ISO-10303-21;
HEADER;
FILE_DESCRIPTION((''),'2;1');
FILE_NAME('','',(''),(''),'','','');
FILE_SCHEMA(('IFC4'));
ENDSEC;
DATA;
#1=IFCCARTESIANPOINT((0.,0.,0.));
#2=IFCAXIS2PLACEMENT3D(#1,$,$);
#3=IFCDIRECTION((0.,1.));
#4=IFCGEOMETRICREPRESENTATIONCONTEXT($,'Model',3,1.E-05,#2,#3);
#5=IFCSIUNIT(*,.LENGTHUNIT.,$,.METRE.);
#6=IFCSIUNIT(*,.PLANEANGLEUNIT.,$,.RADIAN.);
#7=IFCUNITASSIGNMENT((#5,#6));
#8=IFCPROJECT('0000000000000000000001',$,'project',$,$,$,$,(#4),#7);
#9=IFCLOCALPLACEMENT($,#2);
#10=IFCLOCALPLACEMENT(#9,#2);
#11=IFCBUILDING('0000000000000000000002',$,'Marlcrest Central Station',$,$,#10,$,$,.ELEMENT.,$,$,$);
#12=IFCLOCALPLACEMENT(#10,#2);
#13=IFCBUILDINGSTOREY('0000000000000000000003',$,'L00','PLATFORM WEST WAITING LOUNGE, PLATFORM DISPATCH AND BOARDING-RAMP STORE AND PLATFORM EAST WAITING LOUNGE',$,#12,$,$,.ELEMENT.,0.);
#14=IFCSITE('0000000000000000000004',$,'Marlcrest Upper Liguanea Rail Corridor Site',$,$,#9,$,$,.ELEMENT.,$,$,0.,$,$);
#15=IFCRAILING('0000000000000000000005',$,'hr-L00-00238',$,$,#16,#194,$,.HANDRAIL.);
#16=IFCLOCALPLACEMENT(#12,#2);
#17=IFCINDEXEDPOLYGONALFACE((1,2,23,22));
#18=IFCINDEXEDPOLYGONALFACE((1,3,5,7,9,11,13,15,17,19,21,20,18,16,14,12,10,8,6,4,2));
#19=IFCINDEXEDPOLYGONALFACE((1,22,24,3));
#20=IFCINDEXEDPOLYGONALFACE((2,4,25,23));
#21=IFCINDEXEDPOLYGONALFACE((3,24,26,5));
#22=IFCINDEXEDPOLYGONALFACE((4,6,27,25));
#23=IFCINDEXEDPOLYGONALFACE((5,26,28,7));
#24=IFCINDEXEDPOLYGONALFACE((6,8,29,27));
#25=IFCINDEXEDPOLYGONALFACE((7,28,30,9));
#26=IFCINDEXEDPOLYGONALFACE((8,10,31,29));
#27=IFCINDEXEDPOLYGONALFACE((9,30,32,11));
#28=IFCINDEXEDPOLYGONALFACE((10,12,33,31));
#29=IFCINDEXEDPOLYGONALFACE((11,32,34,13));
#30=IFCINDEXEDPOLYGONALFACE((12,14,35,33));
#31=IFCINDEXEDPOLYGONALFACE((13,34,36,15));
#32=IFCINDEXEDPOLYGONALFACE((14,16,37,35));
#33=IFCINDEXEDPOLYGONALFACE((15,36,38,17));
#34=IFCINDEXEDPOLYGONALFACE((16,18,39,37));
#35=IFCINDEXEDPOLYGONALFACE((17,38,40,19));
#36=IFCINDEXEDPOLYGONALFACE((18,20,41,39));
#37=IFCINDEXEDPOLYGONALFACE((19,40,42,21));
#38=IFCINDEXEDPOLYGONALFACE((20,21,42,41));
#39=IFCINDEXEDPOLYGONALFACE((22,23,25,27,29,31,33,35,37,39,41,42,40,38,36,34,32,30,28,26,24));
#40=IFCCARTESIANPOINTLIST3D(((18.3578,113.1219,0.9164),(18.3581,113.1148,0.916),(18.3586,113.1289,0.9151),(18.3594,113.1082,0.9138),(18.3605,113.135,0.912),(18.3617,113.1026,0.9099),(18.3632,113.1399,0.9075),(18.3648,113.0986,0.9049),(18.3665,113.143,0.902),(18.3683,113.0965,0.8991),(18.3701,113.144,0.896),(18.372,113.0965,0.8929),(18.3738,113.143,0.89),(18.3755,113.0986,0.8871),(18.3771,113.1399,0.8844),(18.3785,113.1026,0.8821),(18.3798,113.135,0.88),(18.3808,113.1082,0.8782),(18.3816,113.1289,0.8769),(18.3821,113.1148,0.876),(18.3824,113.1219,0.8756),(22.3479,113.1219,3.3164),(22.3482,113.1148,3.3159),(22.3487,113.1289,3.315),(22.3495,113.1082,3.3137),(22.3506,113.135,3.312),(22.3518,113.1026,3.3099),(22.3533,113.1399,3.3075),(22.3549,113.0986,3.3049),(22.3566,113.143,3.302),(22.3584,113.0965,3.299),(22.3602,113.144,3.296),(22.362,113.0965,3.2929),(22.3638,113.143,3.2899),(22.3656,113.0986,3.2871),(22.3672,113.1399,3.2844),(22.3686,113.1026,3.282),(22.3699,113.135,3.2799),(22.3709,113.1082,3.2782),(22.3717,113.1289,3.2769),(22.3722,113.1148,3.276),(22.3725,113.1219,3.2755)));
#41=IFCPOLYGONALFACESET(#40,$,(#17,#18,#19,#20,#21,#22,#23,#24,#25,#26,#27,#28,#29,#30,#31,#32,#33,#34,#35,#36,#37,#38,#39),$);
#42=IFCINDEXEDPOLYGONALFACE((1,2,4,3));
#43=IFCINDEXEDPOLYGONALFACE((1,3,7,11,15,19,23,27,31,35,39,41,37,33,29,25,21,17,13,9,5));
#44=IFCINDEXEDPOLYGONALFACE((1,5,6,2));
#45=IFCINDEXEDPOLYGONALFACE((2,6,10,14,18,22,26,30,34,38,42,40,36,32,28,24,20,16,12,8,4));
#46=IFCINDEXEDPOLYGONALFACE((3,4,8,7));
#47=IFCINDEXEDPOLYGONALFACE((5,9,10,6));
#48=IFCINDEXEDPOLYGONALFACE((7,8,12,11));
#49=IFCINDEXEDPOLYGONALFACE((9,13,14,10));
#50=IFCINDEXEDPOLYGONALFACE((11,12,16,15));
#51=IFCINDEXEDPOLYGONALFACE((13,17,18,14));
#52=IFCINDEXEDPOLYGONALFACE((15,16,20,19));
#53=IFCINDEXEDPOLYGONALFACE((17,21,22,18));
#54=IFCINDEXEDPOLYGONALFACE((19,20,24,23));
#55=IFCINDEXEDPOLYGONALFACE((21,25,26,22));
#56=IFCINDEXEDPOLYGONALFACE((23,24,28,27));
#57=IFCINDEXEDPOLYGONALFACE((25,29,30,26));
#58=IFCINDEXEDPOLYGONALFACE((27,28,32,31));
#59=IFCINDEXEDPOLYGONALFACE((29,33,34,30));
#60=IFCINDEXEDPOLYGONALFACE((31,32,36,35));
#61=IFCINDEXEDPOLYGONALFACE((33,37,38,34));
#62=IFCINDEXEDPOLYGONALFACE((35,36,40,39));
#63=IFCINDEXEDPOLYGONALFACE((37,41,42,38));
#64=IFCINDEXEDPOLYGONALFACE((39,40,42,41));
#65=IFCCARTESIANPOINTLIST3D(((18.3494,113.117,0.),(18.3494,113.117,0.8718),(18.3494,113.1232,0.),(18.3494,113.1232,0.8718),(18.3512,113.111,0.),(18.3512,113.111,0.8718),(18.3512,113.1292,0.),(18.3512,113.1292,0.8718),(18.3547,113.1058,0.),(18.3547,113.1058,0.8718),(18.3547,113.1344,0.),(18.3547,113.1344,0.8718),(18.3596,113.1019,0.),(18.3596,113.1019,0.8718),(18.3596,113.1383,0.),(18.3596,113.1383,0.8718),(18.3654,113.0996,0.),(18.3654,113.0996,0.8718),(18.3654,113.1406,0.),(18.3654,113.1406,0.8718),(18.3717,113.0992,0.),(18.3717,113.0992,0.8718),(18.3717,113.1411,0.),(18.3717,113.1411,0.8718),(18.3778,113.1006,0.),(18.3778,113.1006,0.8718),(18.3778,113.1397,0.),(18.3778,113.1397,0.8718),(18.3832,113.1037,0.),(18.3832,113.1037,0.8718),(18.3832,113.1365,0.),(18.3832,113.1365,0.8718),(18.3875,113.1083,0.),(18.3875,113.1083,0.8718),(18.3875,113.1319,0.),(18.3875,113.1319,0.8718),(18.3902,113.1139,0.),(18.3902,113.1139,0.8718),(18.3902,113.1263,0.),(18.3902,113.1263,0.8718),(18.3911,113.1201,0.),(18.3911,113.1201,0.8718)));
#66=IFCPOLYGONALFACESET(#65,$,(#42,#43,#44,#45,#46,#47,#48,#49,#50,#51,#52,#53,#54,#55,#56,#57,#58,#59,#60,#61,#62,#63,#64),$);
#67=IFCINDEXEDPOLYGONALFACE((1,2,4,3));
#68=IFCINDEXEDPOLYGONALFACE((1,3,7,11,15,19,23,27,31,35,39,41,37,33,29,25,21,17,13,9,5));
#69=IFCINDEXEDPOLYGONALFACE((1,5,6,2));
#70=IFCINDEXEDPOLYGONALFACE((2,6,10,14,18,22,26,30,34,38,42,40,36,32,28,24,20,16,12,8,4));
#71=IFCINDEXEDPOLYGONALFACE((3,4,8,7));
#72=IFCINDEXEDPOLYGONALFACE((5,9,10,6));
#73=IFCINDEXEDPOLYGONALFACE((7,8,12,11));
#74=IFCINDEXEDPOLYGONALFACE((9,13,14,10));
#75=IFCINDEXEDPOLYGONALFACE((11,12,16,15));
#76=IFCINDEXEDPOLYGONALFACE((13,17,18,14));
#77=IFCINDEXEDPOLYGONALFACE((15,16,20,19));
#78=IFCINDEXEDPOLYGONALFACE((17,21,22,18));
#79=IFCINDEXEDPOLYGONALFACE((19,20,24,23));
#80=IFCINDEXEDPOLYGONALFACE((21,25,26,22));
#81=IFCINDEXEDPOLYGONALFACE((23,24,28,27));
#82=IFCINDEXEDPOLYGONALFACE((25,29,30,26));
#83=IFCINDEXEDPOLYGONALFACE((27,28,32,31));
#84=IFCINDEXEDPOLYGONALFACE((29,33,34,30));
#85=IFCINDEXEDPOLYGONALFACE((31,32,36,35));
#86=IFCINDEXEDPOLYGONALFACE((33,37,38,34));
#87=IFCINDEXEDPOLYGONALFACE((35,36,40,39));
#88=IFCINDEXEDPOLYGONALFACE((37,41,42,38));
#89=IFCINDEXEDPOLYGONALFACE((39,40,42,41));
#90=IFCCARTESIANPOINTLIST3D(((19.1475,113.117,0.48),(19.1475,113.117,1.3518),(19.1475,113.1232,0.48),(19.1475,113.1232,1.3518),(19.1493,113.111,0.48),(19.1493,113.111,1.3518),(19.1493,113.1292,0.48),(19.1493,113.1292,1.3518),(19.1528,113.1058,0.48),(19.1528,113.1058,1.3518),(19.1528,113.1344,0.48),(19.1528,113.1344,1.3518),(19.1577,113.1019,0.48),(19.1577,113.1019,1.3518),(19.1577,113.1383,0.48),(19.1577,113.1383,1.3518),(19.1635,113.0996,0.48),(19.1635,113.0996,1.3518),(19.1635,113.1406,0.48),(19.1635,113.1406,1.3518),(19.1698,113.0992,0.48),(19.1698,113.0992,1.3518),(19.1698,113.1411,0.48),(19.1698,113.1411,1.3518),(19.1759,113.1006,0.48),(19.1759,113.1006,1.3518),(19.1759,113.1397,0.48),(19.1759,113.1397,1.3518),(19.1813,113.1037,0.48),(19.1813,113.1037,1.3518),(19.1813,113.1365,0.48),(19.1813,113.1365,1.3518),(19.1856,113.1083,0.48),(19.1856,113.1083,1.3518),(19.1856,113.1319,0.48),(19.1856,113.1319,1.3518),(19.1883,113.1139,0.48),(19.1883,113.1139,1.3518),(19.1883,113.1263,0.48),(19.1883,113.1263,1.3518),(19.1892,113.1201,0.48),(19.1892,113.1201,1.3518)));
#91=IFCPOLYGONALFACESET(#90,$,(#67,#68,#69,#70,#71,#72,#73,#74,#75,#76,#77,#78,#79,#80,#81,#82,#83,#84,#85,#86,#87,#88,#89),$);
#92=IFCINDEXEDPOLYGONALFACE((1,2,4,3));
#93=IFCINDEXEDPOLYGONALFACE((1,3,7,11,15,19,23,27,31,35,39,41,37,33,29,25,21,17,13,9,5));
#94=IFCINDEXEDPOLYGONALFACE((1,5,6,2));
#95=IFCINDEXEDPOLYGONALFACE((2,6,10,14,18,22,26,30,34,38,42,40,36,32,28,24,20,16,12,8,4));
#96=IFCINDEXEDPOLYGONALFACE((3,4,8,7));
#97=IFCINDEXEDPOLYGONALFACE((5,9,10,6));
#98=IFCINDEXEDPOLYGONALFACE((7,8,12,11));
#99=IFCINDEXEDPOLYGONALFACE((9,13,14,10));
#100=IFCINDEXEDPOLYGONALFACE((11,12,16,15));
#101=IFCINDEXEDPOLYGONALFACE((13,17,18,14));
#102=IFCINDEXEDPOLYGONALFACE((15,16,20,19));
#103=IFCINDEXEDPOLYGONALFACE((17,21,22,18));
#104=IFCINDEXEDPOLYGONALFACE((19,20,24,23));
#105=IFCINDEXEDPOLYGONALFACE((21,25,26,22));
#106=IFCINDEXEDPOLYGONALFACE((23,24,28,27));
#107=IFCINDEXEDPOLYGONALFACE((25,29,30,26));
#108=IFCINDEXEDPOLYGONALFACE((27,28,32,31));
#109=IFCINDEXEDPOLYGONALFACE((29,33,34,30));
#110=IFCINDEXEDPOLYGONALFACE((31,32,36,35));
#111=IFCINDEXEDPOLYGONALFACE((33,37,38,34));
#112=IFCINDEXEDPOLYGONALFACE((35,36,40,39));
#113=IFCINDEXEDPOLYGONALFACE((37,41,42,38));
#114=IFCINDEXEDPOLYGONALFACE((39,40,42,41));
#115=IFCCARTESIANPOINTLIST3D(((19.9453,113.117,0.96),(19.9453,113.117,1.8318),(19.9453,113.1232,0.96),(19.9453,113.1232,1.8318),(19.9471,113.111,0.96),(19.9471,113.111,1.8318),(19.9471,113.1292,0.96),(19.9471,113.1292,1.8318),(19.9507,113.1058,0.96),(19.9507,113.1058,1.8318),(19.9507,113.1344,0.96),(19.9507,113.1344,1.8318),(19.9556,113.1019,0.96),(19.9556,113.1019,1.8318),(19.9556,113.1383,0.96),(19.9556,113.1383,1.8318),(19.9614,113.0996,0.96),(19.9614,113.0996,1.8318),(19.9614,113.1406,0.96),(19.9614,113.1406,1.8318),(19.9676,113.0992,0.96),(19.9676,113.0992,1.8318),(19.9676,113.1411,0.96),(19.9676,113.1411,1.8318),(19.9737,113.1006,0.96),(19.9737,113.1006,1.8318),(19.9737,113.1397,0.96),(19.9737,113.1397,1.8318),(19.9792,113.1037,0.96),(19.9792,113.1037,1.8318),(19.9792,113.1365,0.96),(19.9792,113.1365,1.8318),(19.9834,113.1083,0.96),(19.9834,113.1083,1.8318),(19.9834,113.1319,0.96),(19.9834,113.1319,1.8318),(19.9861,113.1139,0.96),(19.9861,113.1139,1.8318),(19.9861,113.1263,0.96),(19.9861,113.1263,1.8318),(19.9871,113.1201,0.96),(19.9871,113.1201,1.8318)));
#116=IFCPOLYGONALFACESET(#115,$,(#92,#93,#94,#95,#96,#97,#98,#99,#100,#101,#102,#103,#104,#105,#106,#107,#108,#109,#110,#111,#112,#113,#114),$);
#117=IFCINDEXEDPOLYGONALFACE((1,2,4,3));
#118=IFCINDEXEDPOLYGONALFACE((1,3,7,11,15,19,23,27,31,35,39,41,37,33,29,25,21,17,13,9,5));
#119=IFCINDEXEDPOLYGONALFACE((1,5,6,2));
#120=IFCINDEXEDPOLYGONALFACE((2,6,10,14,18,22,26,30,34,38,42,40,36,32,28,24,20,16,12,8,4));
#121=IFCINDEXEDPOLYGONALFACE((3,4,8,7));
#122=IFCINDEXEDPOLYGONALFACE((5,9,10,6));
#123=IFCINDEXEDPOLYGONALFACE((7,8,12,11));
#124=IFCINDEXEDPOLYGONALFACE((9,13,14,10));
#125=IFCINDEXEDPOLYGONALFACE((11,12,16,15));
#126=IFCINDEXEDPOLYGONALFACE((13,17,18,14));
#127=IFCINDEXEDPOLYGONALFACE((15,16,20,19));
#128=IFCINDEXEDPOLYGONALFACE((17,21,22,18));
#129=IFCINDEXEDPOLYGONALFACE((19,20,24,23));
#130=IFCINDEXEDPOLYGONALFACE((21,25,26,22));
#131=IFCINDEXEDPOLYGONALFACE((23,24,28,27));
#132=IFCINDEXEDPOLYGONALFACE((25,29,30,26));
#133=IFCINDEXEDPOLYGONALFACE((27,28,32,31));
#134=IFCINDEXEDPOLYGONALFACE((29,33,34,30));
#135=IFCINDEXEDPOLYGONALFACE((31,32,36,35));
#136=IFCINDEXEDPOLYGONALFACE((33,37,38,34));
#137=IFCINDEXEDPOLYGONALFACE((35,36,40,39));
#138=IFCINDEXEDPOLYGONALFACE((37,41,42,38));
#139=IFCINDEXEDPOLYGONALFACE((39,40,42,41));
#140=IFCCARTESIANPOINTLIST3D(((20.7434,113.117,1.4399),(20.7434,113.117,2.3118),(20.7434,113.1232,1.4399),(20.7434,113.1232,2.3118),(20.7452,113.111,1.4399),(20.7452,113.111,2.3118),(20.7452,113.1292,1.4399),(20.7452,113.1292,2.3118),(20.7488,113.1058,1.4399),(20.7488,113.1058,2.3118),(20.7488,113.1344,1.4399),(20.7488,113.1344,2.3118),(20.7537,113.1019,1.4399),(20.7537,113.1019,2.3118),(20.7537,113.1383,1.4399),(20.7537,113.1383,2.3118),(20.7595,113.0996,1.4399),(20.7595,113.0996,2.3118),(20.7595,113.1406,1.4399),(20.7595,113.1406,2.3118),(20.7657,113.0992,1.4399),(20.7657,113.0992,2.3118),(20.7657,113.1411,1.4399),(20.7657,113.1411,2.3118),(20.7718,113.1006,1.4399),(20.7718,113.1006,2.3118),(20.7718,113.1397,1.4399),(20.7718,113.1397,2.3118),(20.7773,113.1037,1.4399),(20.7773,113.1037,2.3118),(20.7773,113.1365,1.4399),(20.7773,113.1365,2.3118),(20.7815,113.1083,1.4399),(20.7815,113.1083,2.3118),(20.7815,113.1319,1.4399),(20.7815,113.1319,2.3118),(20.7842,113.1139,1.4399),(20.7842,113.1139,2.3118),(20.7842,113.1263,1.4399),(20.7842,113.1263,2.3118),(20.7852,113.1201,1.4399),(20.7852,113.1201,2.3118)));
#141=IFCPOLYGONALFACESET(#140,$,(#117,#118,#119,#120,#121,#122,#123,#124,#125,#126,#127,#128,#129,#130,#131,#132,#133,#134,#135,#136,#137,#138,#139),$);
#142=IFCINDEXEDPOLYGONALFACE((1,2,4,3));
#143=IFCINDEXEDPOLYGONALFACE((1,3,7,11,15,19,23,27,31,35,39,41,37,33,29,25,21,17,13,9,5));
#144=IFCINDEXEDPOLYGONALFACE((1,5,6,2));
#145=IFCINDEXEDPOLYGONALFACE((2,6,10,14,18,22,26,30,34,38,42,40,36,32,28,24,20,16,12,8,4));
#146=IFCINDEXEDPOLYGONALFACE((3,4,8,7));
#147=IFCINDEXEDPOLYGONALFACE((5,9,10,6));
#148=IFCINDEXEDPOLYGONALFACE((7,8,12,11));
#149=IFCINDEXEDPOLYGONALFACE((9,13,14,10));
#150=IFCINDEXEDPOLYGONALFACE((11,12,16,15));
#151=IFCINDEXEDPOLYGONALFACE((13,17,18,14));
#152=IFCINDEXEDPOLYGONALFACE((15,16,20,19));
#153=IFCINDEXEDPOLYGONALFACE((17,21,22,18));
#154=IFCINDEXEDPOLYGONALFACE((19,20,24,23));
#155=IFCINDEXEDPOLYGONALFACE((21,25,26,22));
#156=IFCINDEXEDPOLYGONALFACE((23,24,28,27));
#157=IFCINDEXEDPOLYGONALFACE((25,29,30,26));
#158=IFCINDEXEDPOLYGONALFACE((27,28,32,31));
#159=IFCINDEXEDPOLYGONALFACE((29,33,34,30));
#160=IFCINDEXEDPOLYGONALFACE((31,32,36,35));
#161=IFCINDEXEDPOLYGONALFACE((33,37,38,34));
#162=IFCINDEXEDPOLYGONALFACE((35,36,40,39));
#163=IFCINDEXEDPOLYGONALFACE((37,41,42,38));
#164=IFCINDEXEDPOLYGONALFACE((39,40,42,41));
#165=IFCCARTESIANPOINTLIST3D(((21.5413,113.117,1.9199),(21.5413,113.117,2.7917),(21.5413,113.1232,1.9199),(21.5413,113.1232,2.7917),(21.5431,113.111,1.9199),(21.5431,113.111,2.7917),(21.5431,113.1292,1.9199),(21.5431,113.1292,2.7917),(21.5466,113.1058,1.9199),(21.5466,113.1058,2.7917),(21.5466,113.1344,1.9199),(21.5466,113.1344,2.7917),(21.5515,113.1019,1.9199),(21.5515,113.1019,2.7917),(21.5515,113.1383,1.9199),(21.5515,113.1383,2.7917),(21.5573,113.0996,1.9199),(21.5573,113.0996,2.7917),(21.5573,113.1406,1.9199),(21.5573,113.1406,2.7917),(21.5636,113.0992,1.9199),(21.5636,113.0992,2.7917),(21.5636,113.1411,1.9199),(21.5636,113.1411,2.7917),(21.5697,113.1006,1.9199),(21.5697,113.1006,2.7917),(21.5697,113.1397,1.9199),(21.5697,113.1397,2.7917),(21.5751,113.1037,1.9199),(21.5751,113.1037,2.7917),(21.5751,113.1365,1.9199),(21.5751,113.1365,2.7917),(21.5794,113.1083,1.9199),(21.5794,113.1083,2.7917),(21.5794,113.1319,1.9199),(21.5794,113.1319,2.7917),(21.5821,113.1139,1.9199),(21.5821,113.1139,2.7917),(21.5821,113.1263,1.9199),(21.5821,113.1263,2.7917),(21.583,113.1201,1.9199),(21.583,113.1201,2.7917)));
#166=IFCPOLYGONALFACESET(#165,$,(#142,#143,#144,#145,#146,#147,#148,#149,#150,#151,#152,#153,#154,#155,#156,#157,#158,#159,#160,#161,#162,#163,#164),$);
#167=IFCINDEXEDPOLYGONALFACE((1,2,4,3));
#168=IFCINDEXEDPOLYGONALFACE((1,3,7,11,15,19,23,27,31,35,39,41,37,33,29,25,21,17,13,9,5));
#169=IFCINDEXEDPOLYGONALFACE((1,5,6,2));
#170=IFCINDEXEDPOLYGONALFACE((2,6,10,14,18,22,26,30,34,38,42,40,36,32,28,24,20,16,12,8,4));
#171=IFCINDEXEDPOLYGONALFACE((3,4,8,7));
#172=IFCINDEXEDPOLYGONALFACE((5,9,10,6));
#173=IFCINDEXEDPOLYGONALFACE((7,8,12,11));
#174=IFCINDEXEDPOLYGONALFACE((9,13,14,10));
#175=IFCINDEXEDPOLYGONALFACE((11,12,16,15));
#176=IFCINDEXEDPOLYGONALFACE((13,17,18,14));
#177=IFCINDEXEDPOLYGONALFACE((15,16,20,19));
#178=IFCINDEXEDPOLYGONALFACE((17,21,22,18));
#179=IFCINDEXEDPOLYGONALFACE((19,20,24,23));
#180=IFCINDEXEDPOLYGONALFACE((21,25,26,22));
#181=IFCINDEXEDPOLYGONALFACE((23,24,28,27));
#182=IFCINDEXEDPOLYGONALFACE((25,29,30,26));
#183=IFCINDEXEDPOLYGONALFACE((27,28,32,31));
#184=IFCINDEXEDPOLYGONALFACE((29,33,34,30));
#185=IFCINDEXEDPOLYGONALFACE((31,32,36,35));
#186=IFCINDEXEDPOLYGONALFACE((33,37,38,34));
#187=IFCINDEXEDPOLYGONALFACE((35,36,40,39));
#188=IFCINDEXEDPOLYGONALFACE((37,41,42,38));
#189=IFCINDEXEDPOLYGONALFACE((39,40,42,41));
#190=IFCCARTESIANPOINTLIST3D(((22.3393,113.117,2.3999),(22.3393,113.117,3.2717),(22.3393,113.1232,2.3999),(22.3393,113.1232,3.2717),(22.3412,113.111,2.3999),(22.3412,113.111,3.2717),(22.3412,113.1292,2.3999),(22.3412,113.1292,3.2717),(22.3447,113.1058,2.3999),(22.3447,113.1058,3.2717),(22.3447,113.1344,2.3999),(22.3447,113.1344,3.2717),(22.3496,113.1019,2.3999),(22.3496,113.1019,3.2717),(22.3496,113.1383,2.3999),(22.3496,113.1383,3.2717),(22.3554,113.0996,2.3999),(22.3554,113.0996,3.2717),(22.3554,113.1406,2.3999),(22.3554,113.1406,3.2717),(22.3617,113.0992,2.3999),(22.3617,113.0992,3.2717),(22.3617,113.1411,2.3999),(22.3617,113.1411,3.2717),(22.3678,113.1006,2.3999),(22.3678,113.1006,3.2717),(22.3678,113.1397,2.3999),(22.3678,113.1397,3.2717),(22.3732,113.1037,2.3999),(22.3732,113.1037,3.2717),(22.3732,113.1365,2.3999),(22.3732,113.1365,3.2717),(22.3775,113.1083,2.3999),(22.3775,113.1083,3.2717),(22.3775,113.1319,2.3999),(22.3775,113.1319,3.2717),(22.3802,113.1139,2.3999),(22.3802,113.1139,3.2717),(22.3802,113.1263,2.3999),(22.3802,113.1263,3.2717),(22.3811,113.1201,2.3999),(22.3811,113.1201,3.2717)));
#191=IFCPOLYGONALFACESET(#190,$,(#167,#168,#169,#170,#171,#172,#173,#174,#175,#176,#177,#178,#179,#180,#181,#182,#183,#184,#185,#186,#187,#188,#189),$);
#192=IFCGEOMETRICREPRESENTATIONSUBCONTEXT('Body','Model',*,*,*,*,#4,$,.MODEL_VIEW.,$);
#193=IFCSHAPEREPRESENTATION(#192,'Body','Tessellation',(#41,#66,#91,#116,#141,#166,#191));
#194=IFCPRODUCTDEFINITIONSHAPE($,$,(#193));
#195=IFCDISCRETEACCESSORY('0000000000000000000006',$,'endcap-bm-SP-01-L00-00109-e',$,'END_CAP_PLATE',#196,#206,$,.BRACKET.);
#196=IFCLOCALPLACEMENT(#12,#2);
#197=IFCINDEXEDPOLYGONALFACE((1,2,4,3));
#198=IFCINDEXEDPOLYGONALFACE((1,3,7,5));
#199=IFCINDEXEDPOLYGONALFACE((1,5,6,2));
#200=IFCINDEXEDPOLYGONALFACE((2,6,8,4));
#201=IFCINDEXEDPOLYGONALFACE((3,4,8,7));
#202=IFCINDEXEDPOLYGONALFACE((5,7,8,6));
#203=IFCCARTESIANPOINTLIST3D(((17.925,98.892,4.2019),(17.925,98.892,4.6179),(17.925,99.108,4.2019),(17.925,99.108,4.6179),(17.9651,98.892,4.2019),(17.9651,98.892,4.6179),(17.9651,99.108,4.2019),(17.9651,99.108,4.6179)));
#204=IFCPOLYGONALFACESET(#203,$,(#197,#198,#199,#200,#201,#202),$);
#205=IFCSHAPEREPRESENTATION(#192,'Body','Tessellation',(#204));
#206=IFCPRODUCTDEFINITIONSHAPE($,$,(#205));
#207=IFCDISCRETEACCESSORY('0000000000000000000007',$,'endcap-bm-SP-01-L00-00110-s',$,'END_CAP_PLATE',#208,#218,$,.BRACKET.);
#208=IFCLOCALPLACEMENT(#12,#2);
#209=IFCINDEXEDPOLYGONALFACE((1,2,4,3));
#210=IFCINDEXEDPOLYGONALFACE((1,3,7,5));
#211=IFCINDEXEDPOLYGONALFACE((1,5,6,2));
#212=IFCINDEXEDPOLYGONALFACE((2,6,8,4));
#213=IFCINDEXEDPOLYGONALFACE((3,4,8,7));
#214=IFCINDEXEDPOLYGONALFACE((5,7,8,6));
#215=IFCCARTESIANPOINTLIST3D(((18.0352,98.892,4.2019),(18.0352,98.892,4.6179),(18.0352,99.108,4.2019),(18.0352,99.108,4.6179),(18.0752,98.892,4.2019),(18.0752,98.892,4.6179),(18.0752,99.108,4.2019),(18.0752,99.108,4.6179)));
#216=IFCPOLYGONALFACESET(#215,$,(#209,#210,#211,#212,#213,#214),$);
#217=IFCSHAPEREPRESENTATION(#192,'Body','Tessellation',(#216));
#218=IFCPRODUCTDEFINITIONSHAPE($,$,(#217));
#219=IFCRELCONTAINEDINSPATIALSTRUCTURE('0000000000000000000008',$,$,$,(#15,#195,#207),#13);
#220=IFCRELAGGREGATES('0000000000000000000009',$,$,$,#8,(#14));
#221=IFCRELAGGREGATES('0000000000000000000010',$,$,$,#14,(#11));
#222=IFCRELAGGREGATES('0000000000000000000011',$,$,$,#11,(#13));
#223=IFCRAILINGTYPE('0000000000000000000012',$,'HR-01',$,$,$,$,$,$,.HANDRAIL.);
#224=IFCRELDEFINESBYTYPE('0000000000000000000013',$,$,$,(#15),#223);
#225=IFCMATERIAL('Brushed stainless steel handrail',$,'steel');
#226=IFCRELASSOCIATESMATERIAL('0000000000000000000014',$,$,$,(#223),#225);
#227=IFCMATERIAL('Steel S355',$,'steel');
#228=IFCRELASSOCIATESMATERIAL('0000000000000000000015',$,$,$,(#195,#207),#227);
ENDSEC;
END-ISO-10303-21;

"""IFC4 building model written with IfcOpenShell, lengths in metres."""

from ifc_helpers import new_model, si_unit, direction, frame, origin, origin_2d, place, context, subcontext, project, spatial, rectangle, circle, extrude, material, type_object, element, save


model = new_model("IFC4")

# Units and contexts
model_context = context("Model", 3, precision=1e-05, world=origin(), true_north=direction((0.0, 1.0)))
body_context = subcontext(model_context, "Body", "Model", "MODEL_VIEW")
ifc_project = project(units=[si_unit("LENGTHUNIT", "METRE"), si_unit("PLANEANGLEUNIT", "RADIAN")], contexts=[model_context])

# Site, building, storey
site_placement = place(None, origin())
site = spatial("IfcSite", under=ifc_project, at=site_placement, Name="Marlcrest Upper Liguanea Rail Corridor Site", CompositionType="ELEMENT", RefElevation=0.0)
building_placement = place(site_placement, origin())
building = spatial("IfcBuilding", under=site, at=building_placement, Name="Marlcrest Central Station", CompositionType="ELEMENT")
storey_placement = place(building_placement, origin())
storey = spatial("IfcBuildingStorey", under=building, at=storey_placement, Name="L00", Description="PLATFORM WEST WAITING LOUNGE, PLATFORM DISPATCH AND BOARDING-RAMP STORE AND PLATFORM EAST WAITING LOUNGE", CompositionType="ELEMENT", Elevation=0.0)

# Shared definitions
ifc_material_1 = material(Name="Steel S355", Category="steel")

# Railing
ifc_material_2 = material(Name="Brushed stainless steel handrail", Category="steel")
railing_type_1 = type_object("IfcRailingType", Name="HR-01", PredefinedType="HANDRAIL", material=ifc_material_2)
for number, where, name in (
    (1, (18.3701, 113.1201, 0.0), "hr-L00-00238"),
):
    element("IfcRailing", number, at=place(storey_placement, frame(where)), inside=storey, type_object=railing_type_1, Name=name, PredefinedType="HANDRAIL", context=body_context, shape_type="SweptSolid", body=[
        extrude(circle(Radius=0.0239, at=origin_2d()), frame((0.0, 0.0, 0.896), z_axis=(0.856933, 0.0, 0.515428), x_axis=(0.0, 1.0, 0.0)), (0.0, 0.0, 1.0), 4.6562),
        extrude(circle(Radius=0.021, at=origin_2d()), origin(), (0.0, 0.0, 1.0), 0.8718),
        extrude(circle(Radius=0.021, at=origin_2d()), frame((0.7981, 0.0, 0.48)), (0.0, 0.0, 1.0), 0.8718),
        extrude(circle(Radius=0.021, at=origin_2d()), frame((1.5959, 0.0, 0.96)), (0.0, 0.0, 1.0), 0.8718),
        extrude(circle(Radius=0.021, at=origin_2d()), frame((2.394, 0.0, 1.4399)), (0.0, 0.0, 1.0), 0.8718),
        extrude(circle(Radius=0.021, at=origin_2d()), frame((3.1919, 0.0, 1.9199)), (0.0, 0.0, 1.0), 0.8718),
        extrude(circle(Radius=0.021, at=origin_2d()), frame((3.99, 0.0, 2.3999)), (0.0, 0.0, 1.0), 0.8718),
    ])

# Discrete accessories
for number, where, z_axis, x_axis, name in (
    (2, (17.925, 99.0, 4.4099), (1.0, 0.0, 0.0), (0.0, 1.0, 0.0), "endcap-bm-SP-01-L00-00109-e"),
    (3, (18.0352, 99.0, 4.4099), (1.0, 0.0, 0.0), (0.0, 1.0, 0.0), "endcap-bm-SP-01-L00-00110-s"),
):
    element("IfcDiscreteAccessory", number, at=place(storey_placement, frame(where, z_axis=z_axis, x_axis=x_axis)), inside=storey, material=ifc_material_1, Name=name, ObjectType="END_CAP_PLATE", PredefinedType="BRACKET", context=body_context, shape_type="SweptSolid", body=[
        extrude(rectangle(XDim=0.2161, YDim=0.416, at=origin_2d()), origin(), (0.0, 0.0, 1.0), 0.04),
    ])

save(model, "model.ifc")
